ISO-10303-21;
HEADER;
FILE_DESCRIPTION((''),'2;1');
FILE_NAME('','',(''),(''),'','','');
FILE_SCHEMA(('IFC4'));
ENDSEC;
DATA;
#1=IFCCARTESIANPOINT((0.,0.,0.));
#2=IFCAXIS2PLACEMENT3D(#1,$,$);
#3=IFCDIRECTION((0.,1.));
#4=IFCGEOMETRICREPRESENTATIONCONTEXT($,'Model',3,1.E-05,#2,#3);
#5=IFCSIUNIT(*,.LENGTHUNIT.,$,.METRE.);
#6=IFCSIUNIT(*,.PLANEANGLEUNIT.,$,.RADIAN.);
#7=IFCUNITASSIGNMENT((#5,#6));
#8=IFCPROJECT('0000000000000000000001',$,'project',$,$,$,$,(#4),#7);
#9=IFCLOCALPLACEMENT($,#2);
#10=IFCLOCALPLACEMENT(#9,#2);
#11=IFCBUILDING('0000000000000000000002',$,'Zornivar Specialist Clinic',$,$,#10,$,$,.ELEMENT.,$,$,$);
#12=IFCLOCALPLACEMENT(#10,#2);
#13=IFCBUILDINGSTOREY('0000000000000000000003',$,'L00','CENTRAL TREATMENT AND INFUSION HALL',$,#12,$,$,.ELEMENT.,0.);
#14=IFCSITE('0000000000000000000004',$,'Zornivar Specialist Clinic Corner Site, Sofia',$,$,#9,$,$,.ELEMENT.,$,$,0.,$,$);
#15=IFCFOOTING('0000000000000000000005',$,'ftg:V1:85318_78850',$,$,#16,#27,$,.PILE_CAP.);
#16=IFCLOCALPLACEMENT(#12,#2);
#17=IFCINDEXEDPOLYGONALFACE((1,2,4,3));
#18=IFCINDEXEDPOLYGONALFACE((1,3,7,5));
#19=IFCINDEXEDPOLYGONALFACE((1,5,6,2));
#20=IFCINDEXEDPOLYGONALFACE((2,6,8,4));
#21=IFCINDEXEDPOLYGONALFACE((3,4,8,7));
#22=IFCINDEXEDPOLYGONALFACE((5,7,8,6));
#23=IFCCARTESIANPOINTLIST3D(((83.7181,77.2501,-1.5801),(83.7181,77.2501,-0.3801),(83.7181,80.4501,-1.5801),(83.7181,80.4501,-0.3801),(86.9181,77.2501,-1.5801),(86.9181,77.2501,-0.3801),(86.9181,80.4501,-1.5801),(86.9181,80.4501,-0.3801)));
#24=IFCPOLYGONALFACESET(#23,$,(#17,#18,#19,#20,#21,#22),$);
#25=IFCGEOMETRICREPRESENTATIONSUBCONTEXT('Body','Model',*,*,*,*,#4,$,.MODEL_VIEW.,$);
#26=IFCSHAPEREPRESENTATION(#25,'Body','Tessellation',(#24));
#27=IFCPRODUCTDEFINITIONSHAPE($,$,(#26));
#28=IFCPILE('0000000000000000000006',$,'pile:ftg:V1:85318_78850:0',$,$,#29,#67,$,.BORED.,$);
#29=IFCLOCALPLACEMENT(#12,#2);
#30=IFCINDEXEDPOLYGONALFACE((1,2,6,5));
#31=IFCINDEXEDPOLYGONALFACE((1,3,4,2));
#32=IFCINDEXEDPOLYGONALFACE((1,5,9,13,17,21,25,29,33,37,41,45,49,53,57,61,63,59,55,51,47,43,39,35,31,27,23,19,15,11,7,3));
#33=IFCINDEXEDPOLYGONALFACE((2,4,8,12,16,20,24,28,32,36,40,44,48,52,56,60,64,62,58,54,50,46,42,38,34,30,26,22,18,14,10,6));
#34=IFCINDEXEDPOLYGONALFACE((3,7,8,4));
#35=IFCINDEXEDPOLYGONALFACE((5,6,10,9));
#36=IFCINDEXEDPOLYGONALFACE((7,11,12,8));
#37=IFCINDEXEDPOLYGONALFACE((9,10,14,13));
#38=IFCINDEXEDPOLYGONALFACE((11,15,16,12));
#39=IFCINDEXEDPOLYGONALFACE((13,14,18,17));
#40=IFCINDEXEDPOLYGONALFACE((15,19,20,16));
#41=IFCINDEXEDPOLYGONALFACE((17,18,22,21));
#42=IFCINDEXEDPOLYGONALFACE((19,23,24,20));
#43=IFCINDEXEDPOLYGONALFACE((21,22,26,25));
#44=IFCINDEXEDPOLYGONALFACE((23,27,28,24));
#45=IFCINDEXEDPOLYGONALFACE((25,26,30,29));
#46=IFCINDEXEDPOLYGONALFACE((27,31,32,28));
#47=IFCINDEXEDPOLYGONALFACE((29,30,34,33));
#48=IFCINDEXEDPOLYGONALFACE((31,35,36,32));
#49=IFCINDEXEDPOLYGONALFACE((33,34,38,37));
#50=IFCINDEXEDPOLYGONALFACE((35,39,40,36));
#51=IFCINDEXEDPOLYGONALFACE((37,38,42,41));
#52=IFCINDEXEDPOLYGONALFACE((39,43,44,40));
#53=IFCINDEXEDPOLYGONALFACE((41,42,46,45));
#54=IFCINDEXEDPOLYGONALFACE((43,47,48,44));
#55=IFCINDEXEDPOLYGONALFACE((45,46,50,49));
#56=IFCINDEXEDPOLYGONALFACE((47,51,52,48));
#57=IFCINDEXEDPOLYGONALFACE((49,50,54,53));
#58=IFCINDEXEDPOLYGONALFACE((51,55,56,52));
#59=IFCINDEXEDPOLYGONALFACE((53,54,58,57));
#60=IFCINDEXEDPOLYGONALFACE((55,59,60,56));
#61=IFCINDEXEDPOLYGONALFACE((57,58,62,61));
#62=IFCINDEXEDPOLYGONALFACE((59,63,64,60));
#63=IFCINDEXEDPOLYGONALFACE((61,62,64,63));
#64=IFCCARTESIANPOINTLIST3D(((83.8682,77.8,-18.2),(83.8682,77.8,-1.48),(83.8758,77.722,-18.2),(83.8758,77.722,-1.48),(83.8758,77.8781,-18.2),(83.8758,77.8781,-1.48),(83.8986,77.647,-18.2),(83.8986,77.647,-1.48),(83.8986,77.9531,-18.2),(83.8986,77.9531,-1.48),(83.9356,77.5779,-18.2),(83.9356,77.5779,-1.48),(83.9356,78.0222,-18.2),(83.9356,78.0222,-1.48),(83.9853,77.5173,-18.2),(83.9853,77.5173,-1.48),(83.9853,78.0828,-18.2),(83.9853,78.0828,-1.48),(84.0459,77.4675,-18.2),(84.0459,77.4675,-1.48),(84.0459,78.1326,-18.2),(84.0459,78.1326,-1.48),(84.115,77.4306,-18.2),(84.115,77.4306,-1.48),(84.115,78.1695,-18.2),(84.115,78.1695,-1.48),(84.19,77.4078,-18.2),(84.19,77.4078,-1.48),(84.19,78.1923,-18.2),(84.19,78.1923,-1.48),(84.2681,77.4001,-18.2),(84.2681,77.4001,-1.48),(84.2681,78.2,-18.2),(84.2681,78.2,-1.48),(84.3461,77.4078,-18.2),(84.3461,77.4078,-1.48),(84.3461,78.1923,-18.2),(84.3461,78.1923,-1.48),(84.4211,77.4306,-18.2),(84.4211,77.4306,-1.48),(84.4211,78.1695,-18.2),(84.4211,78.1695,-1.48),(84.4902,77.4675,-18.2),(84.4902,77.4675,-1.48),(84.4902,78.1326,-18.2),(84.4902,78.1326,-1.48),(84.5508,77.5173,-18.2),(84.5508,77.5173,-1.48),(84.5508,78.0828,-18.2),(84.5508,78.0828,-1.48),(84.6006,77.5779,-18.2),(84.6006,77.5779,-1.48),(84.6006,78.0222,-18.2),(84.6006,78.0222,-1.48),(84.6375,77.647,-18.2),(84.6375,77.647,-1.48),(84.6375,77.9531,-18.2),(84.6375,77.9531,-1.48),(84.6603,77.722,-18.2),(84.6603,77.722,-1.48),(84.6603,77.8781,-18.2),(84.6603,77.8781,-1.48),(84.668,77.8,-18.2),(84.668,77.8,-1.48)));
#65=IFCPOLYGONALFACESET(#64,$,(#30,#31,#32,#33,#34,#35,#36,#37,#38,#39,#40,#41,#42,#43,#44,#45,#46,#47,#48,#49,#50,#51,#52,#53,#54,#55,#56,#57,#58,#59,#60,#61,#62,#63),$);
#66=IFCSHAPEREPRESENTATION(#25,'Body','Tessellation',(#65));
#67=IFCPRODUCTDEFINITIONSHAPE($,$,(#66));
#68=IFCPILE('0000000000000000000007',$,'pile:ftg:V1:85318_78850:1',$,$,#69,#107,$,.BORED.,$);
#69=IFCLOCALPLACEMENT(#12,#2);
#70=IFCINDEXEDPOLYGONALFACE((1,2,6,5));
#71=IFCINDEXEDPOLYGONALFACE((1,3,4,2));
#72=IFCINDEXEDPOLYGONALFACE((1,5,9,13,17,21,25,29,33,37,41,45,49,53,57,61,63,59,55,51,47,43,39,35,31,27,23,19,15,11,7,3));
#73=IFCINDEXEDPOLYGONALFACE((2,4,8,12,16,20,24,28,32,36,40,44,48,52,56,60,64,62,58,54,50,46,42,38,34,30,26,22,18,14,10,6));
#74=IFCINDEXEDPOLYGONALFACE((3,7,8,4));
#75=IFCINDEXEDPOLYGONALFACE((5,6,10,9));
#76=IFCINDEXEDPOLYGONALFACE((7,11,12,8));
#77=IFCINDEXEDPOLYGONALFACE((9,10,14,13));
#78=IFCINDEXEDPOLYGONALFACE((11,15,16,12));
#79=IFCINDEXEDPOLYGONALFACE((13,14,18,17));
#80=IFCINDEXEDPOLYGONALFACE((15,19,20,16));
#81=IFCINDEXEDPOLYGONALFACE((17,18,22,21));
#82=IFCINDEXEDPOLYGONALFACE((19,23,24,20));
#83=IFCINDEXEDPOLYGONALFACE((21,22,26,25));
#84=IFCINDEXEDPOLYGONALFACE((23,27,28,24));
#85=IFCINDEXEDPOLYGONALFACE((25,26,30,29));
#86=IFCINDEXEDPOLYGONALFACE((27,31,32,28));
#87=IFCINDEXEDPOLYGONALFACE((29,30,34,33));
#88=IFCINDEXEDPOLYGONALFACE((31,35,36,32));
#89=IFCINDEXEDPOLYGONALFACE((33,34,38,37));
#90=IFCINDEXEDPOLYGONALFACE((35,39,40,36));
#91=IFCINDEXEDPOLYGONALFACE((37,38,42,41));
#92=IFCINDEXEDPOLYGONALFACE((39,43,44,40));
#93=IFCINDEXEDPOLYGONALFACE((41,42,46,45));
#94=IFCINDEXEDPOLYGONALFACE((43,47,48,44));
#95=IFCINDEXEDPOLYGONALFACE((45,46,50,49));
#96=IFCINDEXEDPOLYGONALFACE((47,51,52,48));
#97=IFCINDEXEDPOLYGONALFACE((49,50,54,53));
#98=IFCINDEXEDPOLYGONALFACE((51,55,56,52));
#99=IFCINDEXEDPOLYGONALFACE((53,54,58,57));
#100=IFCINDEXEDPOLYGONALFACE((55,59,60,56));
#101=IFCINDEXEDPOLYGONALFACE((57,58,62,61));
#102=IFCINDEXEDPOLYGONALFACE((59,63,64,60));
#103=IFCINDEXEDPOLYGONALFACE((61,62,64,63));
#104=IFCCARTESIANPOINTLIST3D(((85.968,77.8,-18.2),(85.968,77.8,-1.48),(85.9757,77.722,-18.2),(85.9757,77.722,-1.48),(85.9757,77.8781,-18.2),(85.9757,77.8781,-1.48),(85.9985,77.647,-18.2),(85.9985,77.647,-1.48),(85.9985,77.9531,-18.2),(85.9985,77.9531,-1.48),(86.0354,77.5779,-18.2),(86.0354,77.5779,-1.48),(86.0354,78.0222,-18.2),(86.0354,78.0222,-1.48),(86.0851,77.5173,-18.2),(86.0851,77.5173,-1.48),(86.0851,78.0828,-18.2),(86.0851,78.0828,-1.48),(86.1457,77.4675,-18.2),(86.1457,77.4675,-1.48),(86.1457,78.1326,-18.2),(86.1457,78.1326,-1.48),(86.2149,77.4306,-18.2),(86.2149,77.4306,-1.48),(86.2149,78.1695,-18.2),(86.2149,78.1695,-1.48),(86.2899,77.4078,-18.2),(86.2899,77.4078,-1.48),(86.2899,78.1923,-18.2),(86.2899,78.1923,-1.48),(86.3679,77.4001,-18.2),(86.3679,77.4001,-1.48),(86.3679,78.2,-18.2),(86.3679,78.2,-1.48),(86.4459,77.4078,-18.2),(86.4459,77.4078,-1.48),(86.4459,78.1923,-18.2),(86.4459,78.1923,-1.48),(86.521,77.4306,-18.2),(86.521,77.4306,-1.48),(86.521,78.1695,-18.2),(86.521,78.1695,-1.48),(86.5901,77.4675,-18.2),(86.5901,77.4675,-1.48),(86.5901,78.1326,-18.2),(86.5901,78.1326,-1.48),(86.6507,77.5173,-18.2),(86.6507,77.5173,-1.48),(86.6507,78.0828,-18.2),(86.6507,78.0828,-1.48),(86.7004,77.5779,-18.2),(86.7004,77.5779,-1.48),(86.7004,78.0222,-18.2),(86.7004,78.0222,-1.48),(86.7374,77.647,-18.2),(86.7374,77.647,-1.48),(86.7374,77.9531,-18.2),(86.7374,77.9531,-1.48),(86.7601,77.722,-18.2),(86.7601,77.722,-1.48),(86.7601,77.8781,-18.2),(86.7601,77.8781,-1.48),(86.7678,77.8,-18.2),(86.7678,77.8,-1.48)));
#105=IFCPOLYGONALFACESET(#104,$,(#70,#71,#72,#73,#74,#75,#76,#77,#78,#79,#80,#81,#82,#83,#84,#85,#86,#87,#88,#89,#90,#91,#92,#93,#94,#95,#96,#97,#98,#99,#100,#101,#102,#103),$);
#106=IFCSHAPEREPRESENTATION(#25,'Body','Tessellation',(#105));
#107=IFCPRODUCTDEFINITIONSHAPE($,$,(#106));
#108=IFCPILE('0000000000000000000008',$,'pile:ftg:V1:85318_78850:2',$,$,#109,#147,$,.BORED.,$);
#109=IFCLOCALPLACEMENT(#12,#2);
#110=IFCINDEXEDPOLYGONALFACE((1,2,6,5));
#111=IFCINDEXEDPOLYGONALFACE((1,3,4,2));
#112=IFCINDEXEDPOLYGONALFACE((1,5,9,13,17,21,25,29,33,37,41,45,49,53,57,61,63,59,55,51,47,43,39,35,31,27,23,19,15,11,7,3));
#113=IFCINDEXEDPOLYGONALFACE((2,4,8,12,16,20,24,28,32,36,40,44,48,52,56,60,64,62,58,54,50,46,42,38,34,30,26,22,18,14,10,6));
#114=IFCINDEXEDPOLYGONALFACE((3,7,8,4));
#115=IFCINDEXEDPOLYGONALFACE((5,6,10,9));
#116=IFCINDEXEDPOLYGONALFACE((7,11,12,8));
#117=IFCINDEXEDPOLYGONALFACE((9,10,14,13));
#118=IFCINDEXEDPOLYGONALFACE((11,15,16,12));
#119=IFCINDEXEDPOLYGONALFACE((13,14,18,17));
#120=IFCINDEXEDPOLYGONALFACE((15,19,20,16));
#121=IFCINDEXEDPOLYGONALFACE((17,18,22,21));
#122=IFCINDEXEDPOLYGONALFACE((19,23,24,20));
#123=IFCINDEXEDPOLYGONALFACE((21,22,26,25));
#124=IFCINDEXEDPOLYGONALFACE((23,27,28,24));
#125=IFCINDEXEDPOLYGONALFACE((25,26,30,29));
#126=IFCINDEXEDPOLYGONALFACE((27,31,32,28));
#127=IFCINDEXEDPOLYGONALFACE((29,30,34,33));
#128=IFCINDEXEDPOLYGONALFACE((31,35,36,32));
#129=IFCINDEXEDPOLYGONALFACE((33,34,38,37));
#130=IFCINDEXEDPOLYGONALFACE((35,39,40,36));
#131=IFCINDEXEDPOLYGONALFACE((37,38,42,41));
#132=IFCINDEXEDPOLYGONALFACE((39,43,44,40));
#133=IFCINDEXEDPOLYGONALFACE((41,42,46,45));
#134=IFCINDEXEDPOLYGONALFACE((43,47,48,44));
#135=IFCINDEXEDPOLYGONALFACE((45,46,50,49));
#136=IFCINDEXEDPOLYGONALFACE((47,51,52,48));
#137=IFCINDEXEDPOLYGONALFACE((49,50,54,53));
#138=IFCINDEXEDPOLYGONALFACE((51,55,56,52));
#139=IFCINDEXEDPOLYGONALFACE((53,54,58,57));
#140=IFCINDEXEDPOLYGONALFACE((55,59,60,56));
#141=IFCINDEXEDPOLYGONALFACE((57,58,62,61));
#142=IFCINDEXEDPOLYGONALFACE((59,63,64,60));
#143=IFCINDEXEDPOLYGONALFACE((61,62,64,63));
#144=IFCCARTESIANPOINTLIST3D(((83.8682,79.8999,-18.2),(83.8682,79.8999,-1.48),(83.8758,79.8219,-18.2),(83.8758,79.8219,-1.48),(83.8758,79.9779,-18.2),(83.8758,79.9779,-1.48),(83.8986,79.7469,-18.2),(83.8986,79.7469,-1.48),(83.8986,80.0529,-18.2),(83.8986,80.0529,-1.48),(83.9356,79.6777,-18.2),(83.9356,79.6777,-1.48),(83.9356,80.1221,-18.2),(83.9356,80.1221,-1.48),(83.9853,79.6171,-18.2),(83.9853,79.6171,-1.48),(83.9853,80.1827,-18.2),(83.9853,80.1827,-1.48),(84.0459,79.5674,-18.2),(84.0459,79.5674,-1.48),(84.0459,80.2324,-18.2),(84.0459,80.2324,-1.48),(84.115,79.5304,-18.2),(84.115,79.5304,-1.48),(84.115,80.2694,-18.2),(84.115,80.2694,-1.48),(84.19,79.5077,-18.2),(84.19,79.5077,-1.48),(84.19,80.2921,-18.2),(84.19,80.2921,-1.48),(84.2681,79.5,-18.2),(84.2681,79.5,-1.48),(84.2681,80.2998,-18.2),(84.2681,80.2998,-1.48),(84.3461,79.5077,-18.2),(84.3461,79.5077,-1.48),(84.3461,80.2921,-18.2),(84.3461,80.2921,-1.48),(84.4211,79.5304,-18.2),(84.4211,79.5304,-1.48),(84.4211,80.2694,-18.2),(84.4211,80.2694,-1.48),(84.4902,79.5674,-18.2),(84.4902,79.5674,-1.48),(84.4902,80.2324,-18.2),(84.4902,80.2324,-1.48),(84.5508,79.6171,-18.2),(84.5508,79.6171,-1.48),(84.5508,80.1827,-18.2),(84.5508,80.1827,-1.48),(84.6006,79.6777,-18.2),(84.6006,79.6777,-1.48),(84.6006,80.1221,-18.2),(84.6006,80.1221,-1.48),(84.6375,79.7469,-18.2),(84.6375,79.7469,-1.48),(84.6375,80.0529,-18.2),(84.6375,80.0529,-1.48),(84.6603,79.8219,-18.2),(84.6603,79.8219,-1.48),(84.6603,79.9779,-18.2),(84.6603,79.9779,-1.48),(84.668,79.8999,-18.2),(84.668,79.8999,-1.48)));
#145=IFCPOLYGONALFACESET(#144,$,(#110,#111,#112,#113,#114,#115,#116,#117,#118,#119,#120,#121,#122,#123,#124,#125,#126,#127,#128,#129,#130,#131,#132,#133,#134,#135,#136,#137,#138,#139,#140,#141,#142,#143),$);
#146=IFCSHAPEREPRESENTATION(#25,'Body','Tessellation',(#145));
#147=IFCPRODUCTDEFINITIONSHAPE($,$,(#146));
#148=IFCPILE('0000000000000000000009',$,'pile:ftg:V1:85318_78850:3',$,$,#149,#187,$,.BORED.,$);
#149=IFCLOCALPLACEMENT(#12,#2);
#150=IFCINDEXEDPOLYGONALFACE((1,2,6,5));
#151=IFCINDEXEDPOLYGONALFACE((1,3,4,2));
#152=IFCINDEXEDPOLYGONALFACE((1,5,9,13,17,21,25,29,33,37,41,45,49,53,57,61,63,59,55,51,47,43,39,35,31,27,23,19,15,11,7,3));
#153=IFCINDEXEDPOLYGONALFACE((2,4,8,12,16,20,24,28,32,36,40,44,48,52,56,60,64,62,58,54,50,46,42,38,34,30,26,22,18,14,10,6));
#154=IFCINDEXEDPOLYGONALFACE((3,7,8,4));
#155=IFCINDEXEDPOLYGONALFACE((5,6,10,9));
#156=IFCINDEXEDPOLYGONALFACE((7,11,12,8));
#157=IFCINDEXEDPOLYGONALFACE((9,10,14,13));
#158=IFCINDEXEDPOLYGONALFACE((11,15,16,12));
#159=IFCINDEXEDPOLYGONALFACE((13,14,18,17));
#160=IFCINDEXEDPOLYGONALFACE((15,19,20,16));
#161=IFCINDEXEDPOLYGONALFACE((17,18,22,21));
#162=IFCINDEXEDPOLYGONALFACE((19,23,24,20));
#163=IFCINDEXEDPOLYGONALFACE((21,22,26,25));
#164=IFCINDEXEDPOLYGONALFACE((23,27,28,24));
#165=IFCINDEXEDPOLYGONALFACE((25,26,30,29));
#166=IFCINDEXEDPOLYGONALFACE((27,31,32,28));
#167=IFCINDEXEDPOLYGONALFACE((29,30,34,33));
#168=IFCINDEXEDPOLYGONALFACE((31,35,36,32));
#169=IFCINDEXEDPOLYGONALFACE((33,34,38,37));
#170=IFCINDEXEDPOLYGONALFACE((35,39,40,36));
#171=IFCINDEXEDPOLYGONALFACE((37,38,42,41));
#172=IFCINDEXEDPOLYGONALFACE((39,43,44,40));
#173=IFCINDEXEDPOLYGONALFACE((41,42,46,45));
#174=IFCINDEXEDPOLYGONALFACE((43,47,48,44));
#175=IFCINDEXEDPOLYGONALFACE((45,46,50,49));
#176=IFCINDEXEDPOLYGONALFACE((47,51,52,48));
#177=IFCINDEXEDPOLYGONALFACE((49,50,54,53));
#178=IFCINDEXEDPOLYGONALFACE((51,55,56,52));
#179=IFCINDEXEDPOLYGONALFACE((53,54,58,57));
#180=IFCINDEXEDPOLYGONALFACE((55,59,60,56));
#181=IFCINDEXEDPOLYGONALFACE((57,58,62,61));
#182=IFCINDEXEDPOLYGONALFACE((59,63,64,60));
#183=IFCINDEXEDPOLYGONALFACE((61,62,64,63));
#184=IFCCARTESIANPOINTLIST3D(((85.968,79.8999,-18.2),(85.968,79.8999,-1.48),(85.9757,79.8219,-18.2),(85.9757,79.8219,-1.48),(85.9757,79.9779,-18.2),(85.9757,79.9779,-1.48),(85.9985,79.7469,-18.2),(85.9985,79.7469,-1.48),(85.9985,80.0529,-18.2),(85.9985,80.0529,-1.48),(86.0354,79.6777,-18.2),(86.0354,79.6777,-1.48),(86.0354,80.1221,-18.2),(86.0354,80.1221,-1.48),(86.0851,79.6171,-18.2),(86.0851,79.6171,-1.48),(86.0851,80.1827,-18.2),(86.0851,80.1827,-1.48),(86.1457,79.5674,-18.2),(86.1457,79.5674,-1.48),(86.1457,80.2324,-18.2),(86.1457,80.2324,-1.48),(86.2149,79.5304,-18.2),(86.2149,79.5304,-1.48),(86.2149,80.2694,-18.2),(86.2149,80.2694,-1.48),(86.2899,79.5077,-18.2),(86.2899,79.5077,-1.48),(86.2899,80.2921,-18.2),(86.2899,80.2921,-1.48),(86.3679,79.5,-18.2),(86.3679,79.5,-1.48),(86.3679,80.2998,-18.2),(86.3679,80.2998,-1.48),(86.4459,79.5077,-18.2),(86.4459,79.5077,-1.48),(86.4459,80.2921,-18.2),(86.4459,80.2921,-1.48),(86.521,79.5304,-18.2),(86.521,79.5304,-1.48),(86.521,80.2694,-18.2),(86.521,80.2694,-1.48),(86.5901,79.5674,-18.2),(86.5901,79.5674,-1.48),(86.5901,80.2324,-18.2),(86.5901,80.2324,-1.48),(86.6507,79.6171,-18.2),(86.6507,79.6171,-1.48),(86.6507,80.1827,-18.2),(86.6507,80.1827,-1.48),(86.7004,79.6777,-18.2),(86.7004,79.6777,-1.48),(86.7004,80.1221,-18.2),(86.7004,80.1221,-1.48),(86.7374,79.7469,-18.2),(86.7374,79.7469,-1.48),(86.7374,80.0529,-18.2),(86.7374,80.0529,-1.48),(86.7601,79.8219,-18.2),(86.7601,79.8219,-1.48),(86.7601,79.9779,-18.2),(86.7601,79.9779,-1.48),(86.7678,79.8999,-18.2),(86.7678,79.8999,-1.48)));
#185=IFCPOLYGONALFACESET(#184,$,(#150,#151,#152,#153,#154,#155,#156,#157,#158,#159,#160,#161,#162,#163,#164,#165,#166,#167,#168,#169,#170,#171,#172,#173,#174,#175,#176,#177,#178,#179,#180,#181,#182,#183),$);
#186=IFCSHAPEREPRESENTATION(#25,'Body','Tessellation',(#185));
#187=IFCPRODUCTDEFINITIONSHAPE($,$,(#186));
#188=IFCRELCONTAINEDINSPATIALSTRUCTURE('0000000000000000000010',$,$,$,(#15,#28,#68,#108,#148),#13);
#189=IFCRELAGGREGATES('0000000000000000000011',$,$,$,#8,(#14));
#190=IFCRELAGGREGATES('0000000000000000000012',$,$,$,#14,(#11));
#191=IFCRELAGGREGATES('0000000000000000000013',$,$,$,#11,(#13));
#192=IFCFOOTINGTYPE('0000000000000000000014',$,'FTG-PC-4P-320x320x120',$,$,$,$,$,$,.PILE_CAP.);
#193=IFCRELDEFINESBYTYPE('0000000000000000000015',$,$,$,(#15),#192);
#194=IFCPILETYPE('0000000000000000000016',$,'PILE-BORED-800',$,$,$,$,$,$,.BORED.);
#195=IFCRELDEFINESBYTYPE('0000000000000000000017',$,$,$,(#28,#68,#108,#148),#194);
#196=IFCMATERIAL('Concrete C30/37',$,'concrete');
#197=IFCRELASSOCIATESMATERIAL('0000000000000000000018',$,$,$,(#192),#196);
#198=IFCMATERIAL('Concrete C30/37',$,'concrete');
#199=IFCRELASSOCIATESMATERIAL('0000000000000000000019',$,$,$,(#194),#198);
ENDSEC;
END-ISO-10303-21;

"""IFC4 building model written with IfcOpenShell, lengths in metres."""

from ifc_helpers import new_model, si_unit, direction, frame, origin, origin_2d, place, context, subcontext, project, spatial, rectangle, circle, extrude, material, material_profile, profile_set, type_object, element, save


model = new_model("IFC4")

# Units and contexts
model_context = context("Model", 3, precision=1e-05, world=origin(), true_north=direction((0.0, 1.0)))
body_context = subcontext(model_context, "Body", "Model", "MODEL_VIEW")
ifc_project = project(units=[si_unit("LENGTHUNIT", "METRE"), si_unit("PLANEANGLEUNIT", "RADIAN")], contexts=[model_context])

# Site, building, storey
site_placement = place(None, origin())
site = spatial("IfcSite", under=ifc_project, at=site_placement, Name="Zornivar Specialist Clinic Corner Site, Sofia", CompositionType="ELEMENT", RefElevation=0.0)
building_placement = place(site_placement, origin())
building = spatial("IfcBuilding", under=site, at=building_placement, Name="Zornivar Specialist Clinic", CompositionType="ELEMENT")
storey_placement = place(building_placement, origin())
storey = spatial("IfcBuildingStorey", under=building, at=storey_placement, Name="L00", Description="CENTRAL TREATMENT AND INFUSION HALL", CompositionType="ELEMENT", Elevation=0.0)

# Footing
ifc_material_1 = material(Name="Concrete C30/37", Category="concrete")
footing_type = type_object("IfcFootingType", Name="FTG-PC-4P-320x320x120", PredefinedType="PILE_CAP", material=ifc_material_1)
footing_placement = place(storey_placement, frame((85.3181, 78.8501, -1.5801), z_axis=(0.0, 0.0, 1.0), x_axis=(1.0, 0.0, 0.0)))
element("IfcFooting", 1, at=footing_placement, inside=storey, type_object=footing_type, Name="ftg:V1:85318_78850", PredefinedType="PILE_CAP", context=body_context, shape_type="SweptSolid", body=[
    extrude(rectangle(XDim=3.2, YDim=3.2, at=origin_2d()), origin(), (0.0, 0.0, 1.0), 1.2),
])

# Piles
ifc_material_2 = material(Name="Concrete C30/37", Category="concrete")
ifc_material_profile_1 = material_profile(ifc_material_2, circle(Radius=0.3999, at=origin_2d()), Name="PILE D800")
ifc_profile_set_1 = profile_set([ifc_material_profile_1], Name="Concrete C30/37")
pile_type = type_object("IfcPileType", Name="PILE-BORED-800", PredefinedType="BORED", material=ifc_profile_set_1)
for number, where, z_axis, x_axis, name in (
    (2, (84.2681, 77.8, -1.48), (0.0, 0.0, -1.0), (1.0, 0.0, 0.0), "pile:ftg:V1:85318_78850:0"),
    (3, (86.3679, 77.8, -1.48), (0.0, 0.0, -1.0), (1.0, 0.0, 0.0), "pile:ftg:V1:85318_78850:1"),
    (4, (84.2681, 79.8999, -1.48), (0.0, 0.0, -1.0), (1.0, 0.0, 0.0), "pile:ftg:V1:85318_78850:2"),
    (5, (86.3679, 79.8999, -1.48), (0.0, 0.0, -1.0), (1.0, 0.0, 0.0), "pile:ftg:V1:85318_78850:3"),
):
    element("IfcPile", number, at=place(storey_placement, frame(where, z_axis=z_axis, x_axis=x_axis)), inside=storey, type_object=pile_type, Name=name, PredefinedType="BORED", context=body_context, shape_type="SweptSolid", body=[
        extrude(circle(Radius=0.3999, at=origin_2d()), origin(), (0.0, 0.0, 1.0), 16.72),
    ])

save(model, "model.ifc")
